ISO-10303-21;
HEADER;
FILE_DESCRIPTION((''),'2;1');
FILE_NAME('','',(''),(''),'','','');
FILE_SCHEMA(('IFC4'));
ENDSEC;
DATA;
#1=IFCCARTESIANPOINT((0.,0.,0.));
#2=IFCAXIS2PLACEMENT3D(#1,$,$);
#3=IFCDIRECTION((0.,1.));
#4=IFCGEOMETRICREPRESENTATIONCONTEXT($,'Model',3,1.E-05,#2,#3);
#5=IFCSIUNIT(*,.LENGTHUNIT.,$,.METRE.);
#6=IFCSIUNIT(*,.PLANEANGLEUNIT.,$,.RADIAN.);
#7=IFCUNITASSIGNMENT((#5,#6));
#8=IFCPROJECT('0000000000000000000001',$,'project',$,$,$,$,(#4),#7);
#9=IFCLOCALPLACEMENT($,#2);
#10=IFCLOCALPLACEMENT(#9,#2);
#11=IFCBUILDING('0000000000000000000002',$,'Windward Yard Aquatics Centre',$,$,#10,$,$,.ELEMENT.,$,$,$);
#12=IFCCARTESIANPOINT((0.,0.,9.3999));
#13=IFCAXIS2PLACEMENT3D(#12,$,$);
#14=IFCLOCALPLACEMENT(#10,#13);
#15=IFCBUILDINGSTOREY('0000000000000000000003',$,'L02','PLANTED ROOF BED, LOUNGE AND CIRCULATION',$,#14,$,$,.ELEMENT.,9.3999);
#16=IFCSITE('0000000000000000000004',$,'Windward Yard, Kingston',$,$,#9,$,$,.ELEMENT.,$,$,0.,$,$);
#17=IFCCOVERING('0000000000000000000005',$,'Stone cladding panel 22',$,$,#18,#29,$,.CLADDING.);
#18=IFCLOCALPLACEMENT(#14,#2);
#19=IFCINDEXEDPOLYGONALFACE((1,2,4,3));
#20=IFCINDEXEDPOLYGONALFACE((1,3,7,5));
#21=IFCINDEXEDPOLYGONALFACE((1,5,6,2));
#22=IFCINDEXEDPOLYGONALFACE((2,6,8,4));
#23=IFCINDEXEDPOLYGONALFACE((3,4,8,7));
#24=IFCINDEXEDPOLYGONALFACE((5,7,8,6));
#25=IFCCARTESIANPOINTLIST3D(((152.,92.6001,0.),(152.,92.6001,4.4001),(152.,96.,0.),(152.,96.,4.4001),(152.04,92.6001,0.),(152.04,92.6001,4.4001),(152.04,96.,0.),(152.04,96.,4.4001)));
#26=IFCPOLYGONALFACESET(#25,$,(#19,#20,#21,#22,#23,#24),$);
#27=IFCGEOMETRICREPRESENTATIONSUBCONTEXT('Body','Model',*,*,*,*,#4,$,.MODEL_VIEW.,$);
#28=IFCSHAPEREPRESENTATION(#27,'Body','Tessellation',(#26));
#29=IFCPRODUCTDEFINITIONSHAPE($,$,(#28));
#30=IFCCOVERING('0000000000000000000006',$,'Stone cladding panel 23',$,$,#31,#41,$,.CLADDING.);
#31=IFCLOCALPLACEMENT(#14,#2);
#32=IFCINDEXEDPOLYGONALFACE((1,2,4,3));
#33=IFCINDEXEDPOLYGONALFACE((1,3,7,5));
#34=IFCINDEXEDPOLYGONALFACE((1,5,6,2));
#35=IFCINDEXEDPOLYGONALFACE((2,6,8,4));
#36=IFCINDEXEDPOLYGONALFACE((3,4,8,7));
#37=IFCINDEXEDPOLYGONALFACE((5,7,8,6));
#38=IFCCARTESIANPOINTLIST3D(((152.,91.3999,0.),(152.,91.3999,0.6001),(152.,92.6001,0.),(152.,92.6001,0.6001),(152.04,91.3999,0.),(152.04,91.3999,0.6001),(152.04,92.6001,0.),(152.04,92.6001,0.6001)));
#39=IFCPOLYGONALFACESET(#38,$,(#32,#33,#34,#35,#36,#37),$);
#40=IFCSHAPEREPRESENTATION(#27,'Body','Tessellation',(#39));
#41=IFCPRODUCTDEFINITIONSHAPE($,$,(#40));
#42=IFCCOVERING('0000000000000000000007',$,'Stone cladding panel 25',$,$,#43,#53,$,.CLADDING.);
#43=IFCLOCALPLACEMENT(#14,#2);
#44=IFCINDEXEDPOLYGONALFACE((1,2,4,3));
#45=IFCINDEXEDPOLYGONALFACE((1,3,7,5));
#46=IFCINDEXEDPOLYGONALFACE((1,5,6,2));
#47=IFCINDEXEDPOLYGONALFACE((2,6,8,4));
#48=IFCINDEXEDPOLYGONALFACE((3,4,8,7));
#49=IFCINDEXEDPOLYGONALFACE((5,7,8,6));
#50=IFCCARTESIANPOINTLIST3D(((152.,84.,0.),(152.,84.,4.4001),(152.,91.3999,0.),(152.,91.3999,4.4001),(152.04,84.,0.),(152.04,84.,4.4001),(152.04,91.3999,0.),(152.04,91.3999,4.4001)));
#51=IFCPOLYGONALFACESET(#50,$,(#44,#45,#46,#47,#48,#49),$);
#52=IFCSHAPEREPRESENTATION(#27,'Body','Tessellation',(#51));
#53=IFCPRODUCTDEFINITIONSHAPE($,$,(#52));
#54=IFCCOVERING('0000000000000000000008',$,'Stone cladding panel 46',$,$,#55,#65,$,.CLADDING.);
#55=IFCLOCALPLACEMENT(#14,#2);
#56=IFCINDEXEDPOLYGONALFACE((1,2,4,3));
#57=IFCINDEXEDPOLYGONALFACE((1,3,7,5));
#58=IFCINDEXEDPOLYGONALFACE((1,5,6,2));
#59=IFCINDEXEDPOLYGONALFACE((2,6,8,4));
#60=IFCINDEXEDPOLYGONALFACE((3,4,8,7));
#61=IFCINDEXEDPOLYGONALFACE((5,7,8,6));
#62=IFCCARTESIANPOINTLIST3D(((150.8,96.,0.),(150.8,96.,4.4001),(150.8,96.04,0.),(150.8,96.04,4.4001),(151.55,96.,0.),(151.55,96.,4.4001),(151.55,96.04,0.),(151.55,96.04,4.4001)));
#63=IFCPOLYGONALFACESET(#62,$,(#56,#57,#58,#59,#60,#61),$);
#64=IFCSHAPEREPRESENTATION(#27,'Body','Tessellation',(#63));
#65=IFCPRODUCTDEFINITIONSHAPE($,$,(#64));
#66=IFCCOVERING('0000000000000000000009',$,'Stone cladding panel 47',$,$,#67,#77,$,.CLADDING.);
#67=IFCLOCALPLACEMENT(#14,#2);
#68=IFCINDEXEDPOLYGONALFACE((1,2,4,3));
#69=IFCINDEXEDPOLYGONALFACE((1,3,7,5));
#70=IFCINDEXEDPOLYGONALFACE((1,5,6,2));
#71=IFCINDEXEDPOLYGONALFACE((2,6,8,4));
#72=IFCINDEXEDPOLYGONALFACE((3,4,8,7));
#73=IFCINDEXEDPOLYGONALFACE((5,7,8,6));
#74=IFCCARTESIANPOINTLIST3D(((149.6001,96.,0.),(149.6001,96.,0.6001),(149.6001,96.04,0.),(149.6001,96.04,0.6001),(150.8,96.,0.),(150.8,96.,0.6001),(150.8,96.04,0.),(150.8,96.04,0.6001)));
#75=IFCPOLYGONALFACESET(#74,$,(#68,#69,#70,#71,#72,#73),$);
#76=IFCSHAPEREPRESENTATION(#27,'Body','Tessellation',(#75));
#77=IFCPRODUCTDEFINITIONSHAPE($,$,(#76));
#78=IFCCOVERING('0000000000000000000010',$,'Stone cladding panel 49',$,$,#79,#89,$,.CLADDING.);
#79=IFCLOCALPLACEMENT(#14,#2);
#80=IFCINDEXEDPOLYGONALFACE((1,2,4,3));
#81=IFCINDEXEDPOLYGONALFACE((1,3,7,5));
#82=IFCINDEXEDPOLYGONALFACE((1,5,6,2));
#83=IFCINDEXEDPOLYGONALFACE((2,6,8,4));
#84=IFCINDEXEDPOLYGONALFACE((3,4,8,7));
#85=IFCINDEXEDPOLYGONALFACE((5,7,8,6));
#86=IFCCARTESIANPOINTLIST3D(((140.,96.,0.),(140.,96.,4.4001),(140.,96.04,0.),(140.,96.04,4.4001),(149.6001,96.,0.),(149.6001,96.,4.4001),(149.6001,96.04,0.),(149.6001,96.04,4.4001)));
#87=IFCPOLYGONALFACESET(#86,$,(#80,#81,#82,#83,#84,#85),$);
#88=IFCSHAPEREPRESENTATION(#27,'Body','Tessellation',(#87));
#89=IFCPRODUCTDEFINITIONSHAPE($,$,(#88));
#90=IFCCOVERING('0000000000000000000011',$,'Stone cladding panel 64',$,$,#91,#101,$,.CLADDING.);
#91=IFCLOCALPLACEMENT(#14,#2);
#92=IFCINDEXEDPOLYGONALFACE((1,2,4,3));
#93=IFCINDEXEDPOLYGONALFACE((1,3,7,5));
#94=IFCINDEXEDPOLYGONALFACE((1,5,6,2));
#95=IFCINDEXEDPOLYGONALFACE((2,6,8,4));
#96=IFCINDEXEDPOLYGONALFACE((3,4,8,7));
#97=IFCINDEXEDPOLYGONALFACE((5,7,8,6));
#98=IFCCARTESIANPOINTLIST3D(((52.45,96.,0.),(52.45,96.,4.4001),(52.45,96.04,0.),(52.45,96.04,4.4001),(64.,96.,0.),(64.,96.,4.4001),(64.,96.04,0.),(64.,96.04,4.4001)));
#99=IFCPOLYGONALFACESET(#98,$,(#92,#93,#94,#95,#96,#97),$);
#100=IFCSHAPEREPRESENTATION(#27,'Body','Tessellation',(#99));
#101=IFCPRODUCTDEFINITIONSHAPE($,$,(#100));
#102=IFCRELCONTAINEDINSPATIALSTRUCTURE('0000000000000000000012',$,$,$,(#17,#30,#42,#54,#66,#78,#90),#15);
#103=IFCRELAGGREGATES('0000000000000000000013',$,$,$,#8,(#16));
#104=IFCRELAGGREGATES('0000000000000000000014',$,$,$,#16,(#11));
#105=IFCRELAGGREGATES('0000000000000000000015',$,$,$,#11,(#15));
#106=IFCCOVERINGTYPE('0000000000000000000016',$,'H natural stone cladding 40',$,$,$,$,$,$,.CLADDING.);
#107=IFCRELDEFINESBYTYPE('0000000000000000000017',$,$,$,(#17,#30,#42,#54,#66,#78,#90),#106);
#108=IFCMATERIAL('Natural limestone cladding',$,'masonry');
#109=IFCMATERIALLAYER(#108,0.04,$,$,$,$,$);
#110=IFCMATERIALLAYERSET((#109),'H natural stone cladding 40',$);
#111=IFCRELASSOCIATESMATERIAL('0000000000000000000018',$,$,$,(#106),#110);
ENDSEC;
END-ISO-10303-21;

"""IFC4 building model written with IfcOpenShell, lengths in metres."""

from ifc_helpers import new_model, si_unit, direction, frame, origin, place, context, subcontext, project, spatial, polyline, outline, extrude, material, layer, layer_set, type_object, element, save


model = new_model("IFC4")

# Units and contexts
model_context = context("Model", 3, precision=1e-05, world=origin(), true_north=direction((0.0, 1.0)))
body_context = subcontext(model_context, "Body", "Model", "MODEL_VIEW")
ifc_project = project(units=[si_unit("LENGTHUNIT", "METRE"), si_unit("PLANEANGLEUNIT", "RADIAN")], contexts=[model_context])

# Site, building, storey
site_placement = place(None, origin())
site = spatial("IfcSite", under=ifc_project, at=site_placement, Name="Windward Yard, Kingston", CompositionType="ELEMENT", RefElevation=0.0)
building_placement = place(site_placement, origin())
building = spatial("IfcBuilding", under=site, at=building_placement, Name="Windward Yard Aquatics Centre", CompositionType="ELEMENT")
storey_placement = place(building_placement, frame((0.0, 0.0, 9.3999)))
storey = spatial("IfcBuildingStorey", under=building, at=storey_placement, Name="L02", Description="PLANTED ROOF BED, LOUNGE AND CIRCULATION", CompositionType="ELEMENT", Elevation=9.3999)

# Coverings
ifc_material_1 = material(Name="Natural limestone cladding", Category="masonry")
ifc_layer_1 = layer(ifc_material_1, 0.04)
ifc_layer_set_1 = layer_set([ifc_layer_1], Name="H natural stone cladding 40")
covering_type_1 = type_object("IfcCoveringType", Name="H natural stone cladding 40", PredefinedType="CLADDING", material=ifc_layer_set_1)
covering_1_placement = place(storey_placement, origin())
element("IfcCovering", 1, at=covering_1_placement, inside=storey, type_object=covering_type_1, Name="Stone cladding panel 22", PredefinedType="CLADDING", context=body_context, shape_type="SweptSolid", body=[
    extrude(outline(polyline([(152.0, 92.6001), (152.04, 92.6001), (152.04, 96.0), (152.0, 96.0), (152.0, 92.6001)])), origin(), (0.0, 0.0, 1.0), 4.4001),
])
covering_2_placement = place(storey_placement, origin())
element("IfcCovering", 2, at=covering_2_placement, inside=storey, type_object=covering_type_1, Name="Stone cladding panel 23", PredefinedType="CLADDING", context=body_context, shape_type="SweptSolid", body=[
    extrude(outline(polyline([(152.0, 91.3999), (152.04, 91.3999), (152.04, 92.6001), (152.0, 92.6001), (152.0, 91.3999)])), origin(), (0.0, 0.0, 1.0), 0.6001),
])
covering_3_placement = place(storey_placement, origin())
element("IfcCovering", 3, at=covering_3_placement, inside=storey, type_object=covering_type_1, Name="Stone cladding panel 25", PredefinedType="CLADDING", context=body_context, shape_type="SweptSolid", body=[
    extrude(outline(polyline([(152.0, 84.0), (152.04, 84.0), (152.04, 91.3999), (152.0, 91.3999), (152.0, 84.0)])), origin(), (0.0, 0.0, 1.0), 4.4001),
])
covering_4_placement = place(storey_placement, origin())
element("IfcCovering", 4, at=covering_4_placement, inside=storey, type_object=covering_type_1, Name="Stone cladding panel 46", PredefinedType="CLADDING", context=body_context, shape_type="SweptSolid", body=[
    extrude(outline(polyline([(150.8, 96.0), (150.8, 96.04), (151.55, 96.04), (151.55, 96.0), (150.8, 96.0)])), origin(), (0.0, 0.0, 1.0), 4.4001),
])
covering_5_placement = place(storey_placement, origin())
element("IfcCovering", 5, at=covering_5_placement, inside=storey, type_object=covering_type_1, Name="Stone cladding panel 47", PredefinedType="CLADDING", context=body_context, shape_type="SweptSolid", body=[
    extrude(outline(polyline([(149.6001, 96.0), (149.6001, 96.04), (150.8, 96.04), (150.8, 96.0), (149.6001, 96.0)])), origin(), (0.0, 0.0, 1.0), 0.6001),
])
covering_6_placement = place(storey_placement, origin())
element("IfcCovering", 6, at=covering_6_placement, inside=storey, type_object=covering_type_1, Name="Stone cladding panel 49", PredefinedType="CLADDING", context=body_context, shape_type="SweptSolid", body=[
    extrude(outline(polyline([(140.0, 96.0), (140.0, 96.04), (149.6001, 96.04), (149.6001, 96.0), (140.0, 96.0)])), origin(), (0.0, 0.0, 1.0), 4.4001),
])
covering_7_placement = place(storey_placement, origin())
element("IfcCovering", 7, at=covering_7_placement, inside=storey, type_object=covering_type_1, Name="Stone cladding panel 64", PredefinedType="CLADDING", context=body_context, shape_type="SweptSolid", body=[
    extrude(outline(polyline([(52.45, 96.0), (64.0, 96.0), (64.0, 96.04), (52.45, 96.04), (52.45, 96.0)])), origin(), (0.0, 0.0, 1.0), 4.4001),
])

save(model, "model.ifc")
